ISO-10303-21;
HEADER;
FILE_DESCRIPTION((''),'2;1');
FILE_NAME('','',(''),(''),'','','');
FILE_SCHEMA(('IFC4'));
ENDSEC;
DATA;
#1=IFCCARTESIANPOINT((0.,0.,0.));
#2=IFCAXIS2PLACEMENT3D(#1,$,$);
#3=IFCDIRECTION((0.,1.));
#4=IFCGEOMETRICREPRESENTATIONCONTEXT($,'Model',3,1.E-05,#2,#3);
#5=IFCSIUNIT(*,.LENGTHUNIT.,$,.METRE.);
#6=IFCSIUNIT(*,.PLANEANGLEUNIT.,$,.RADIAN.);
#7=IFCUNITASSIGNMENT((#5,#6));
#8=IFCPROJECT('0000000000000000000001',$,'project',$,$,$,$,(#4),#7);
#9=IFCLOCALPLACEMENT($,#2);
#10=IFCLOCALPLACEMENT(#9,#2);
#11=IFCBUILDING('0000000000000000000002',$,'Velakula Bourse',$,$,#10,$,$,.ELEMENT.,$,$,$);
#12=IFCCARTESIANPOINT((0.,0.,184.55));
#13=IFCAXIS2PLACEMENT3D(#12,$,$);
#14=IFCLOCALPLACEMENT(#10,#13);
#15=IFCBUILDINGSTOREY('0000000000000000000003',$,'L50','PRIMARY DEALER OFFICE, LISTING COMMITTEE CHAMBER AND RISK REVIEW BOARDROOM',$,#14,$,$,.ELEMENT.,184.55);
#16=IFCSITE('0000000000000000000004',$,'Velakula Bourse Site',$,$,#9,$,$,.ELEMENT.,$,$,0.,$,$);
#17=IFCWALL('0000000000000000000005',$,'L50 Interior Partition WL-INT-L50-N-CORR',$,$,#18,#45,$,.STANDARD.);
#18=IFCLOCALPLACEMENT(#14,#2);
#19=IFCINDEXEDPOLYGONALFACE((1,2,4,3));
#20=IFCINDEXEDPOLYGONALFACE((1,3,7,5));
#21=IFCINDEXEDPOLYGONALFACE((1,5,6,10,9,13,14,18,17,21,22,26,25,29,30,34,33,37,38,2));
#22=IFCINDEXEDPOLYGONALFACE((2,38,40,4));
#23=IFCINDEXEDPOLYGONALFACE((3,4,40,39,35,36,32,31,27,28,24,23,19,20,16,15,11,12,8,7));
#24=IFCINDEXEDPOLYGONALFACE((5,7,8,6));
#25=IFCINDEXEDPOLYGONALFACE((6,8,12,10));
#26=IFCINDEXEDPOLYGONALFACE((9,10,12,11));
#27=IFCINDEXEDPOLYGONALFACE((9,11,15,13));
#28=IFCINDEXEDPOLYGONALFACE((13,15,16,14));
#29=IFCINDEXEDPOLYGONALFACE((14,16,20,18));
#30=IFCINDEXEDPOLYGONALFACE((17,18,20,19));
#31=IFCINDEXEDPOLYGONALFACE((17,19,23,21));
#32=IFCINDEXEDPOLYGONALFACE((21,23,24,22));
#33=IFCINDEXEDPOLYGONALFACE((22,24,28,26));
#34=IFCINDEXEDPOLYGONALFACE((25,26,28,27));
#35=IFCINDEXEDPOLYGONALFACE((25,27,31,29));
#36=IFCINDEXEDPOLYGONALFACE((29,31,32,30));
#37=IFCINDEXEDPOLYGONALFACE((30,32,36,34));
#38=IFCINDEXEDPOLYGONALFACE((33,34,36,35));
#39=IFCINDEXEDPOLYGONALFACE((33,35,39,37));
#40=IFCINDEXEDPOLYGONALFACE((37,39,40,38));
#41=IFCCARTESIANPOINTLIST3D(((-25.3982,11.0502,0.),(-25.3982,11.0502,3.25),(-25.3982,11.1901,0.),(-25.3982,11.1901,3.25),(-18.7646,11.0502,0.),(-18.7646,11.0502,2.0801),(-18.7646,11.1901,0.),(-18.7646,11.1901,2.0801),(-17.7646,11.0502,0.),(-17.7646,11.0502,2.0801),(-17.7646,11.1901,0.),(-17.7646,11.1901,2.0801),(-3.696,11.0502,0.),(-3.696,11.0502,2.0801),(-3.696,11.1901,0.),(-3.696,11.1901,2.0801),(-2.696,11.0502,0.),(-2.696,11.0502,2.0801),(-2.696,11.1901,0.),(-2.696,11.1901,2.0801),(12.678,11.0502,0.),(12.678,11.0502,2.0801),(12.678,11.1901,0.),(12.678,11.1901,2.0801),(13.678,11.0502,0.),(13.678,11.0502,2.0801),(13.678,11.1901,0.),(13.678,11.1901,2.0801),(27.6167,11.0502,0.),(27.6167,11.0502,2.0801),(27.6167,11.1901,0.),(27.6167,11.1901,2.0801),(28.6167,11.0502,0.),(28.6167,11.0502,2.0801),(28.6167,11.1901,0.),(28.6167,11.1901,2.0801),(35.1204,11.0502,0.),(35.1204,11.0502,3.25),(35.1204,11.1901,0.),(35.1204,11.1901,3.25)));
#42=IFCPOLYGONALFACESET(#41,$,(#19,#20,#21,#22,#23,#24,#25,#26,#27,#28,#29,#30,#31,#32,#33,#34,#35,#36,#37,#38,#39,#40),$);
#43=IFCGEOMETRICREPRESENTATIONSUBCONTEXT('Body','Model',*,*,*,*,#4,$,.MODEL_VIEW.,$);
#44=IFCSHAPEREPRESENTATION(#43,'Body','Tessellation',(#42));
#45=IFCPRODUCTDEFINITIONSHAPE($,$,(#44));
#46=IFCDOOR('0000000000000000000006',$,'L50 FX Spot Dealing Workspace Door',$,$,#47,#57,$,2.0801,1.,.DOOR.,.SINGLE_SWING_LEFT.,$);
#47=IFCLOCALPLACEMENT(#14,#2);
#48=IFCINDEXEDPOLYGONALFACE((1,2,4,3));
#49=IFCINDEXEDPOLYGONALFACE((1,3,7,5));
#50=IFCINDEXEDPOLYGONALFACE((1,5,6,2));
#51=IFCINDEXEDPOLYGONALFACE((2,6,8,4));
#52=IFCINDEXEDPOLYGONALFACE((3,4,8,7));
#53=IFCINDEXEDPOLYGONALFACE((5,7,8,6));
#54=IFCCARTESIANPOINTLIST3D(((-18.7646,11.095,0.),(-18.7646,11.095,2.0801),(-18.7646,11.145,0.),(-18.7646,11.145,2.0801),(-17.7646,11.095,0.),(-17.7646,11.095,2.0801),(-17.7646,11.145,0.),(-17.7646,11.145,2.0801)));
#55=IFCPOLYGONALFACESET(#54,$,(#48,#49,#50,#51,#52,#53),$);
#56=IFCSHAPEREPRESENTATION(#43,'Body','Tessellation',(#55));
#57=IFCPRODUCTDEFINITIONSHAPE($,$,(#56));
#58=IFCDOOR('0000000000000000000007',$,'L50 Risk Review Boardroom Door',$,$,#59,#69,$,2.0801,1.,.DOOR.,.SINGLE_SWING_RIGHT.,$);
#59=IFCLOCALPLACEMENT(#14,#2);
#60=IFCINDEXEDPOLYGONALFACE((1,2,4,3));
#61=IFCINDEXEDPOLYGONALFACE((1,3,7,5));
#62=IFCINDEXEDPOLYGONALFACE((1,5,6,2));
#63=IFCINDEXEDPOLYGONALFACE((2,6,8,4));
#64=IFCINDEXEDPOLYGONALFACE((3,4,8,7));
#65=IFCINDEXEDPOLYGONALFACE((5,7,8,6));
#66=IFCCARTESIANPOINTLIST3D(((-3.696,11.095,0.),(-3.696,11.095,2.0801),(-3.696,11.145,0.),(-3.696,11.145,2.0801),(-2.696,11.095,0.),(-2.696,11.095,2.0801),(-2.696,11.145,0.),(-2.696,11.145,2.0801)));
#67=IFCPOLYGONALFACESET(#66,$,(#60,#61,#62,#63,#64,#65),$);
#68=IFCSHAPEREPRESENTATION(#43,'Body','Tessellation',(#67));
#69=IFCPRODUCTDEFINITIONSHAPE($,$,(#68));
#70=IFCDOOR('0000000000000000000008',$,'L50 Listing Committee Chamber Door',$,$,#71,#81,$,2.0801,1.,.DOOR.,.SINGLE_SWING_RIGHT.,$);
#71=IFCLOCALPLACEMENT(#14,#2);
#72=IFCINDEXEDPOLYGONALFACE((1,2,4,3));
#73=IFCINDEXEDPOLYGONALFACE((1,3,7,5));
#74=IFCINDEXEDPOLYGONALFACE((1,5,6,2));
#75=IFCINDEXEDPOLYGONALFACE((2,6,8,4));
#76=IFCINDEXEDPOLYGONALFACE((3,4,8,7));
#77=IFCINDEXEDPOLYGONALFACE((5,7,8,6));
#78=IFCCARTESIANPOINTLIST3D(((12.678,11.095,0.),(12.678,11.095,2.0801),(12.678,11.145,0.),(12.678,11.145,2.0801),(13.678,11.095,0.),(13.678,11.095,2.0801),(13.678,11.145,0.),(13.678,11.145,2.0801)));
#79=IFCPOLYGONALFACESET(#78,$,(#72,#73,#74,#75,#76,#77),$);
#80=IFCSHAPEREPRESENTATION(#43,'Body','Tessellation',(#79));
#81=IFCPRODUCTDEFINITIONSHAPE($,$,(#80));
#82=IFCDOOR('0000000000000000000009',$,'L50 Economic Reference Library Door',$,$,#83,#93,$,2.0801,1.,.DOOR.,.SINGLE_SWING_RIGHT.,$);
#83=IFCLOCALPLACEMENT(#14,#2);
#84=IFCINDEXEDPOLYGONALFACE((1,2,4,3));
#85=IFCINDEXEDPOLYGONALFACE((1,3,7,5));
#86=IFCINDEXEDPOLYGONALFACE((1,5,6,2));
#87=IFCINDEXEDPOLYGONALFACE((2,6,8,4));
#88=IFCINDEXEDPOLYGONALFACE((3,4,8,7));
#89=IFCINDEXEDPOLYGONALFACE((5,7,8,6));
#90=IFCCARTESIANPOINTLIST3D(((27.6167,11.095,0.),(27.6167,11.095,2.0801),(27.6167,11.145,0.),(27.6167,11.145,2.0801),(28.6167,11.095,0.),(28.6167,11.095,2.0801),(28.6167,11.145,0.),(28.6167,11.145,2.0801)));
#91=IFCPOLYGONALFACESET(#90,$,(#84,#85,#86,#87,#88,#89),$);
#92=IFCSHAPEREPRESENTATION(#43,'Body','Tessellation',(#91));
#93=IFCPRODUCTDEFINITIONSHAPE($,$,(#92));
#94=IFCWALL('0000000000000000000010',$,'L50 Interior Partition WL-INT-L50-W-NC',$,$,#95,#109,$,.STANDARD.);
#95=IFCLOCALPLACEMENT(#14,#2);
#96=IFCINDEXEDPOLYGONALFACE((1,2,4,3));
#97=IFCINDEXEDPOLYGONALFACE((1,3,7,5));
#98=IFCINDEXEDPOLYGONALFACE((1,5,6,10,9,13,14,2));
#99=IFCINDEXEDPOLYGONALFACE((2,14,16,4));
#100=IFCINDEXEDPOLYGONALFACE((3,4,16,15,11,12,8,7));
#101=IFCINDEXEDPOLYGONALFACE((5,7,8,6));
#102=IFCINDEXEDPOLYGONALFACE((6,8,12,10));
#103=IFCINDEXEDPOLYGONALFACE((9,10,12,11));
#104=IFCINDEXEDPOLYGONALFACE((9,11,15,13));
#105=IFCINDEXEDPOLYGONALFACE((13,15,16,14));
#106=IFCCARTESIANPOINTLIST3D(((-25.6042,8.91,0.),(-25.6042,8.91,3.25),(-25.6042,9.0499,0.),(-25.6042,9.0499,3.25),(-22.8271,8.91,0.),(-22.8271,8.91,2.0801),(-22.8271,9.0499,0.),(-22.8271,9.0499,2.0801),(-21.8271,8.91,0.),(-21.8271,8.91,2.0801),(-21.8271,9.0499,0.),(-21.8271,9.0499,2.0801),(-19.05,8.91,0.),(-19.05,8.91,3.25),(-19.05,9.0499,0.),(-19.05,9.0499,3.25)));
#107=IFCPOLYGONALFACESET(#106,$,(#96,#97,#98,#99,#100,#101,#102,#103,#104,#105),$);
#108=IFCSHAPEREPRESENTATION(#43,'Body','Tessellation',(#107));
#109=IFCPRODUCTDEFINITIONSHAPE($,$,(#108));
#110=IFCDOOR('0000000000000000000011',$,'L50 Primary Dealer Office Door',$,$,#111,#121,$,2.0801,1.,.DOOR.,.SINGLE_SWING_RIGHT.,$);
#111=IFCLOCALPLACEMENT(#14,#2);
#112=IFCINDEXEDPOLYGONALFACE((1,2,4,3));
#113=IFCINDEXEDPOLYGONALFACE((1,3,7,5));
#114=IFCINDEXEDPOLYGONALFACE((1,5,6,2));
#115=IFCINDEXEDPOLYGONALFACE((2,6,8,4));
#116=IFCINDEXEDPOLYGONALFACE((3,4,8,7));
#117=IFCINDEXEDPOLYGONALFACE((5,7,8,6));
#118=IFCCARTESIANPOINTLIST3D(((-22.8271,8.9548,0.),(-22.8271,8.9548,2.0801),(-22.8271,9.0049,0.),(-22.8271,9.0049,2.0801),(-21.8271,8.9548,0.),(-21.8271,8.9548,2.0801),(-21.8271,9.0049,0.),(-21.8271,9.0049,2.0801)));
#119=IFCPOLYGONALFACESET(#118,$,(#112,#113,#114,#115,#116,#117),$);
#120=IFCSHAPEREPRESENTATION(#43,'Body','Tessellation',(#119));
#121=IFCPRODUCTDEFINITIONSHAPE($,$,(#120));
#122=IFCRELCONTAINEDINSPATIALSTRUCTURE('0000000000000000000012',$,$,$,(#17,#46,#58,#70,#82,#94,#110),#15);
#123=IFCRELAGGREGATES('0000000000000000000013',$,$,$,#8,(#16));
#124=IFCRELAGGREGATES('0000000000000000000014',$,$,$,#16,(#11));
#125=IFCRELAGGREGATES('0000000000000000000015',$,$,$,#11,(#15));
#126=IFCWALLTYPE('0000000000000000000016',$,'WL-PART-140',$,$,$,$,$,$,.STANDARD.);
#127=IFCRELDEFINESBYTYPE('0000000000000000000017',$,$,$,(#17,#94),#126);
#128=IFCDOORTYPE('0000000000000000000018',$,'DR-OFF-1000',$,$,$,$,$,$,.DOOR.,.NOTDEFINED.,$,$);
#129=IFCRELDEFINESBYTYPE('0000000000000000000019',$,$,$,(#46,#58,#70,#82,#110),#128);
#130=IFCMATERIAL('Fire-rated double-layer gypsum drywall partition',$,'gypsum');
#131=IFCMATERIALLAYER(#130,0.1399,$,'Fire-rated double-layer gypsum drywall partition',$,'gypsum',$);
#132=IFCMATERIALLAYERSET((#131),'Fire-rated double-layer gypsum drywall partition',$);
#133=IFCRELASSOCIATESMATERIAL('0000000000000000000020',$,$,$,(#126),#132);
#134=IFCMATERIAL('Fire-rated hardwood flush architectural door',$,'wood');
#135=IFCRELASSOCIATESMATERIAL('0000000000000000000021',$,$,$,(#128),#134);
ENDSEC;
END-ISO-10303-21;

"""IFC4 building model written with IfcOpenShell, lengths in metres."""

from ifc_helpers import new_model, si_unit, direction, frame, frame_2d, origin, place, context, subcontext, project, spatial, rectangle, extrude, material, layer, layer_set, type_object, element, fill, save


model = new_model("IFC4")

# Units and contexts
model_context = context("Model", 3, precision=1e-05, world=origin(), true_north=direction((0.0, 1.0)))
body_context = subcontext(model_context, "Body", "Model", "MODEL_VIEW")
ifc_project = project(units=[si_unit("LENGTHUNIT", "METRE"), si_unit("PLANEANGLEUNIT", "RADIAN")], contexts=[model_context])

# Site, building, storey
site_placement = place(None, origin())
site = spatial("IfcSite", under=ifc_project, at=site_placement, Name="Velakula Bourse Site", CompositionType="ELEMENT", RefElevation=0.0)
building_placement = place(site_placement, origin())
building = spatial("IfcBuilding", under=site, at=building_placement, Name="Velakula Bourse", CompositionType="ELEMENT")
storey_placement = place(building_placement, frame((0.0, 0.0, 184.55)))
storey = spatial("IfcBuildingStorey", under=building, at=storey_placement, Name="L50", Description="PRIMARY DEALER OFFICE, LISTING COMMITTEE CHAMBER AND RISK REVIEW BOARDROOM", CompositionType="ELEMENT", Elevation=184.55)

# Shared definitions
ifc_material_1 = material(Name="Fire-rated hardwood flush architectural door", Category="wood")

# Wall, openings, doors
ifc_material_2 = material(Name="Fire-rated double-layer gypsum drywall partition", Category="gypsum")
ifc_layer_1 = layer(ifc_material_2, 0.1399, Name="Fire-rated double-layer gypsum drywall partition", Category="gypsum")
ifc_layer_set_1 = layer_set([ifc_layer_1], Name="Fire-rated double-layer gypsum drywall partition")
wall_type_1 = type_object("IfcWallType", Name="WL-PART-140", PredefinedType="STANDARD", material=ifc_layer_set_1)
wall_1_placement = place(storey_placement, frame((-25.3982, 11.1201, 0.0), z_axis=(0.0, 0.0, 1.0), x_axis=(1.0, 0.0, 0.0)))
wall_1 = element("IfcWall", 1, at=wall_1_placement, inside=storey, type_object=wall_type_1, Name="L50 Interior Partition WL-INT-L50-N-CORR", PredefinedType="STANDARD", context=body_context, shape_type="SweptSolid", body=[
    extrude(rectangle(XDim=60.5186, YDim=0.1399, at=frame_2d((30.2593, 0.0))), origin(), (0.0, 0.0, 1.0), 3.25),
])
opening_1_placement = place(wall_1_placement, frame((6.6335, 0.0, 0.0)))
opening_1 = element("IfcOpeningElement", 2, at=opening_1_placement, cuts=wall_1, PredefinedType="OPENING", context=body_context, shape_type="SweptSolid", body=[
    extrude(rectangle(XDim=1.0, YDim=2.0801, at=frame_2d((0.5, 1.04))), frame((0.0, 0.0798, 0.0), z_axis=(0.0, -1.0, 0.0), x_axis=(1.0, 0.0, 0.0)), (0.0, 0.0, 1.0), 0.1599),
])
opening_2_placement = place(wall_1_placement, frame((21.7021, 0.0, 0.0)))
opening_2 = element("IfcOpeningElement", 3, at=opening_2_placement, cuts=wall_1, PredefinedType="OPENING", context=body_context, shape_type="SweptSolid", body=[
    extrude(rectangle(XDim=1.0, YDim=2.0801, at=frame_2d((0.5, 1.04))), frame((0.0, 0.0798, 0.0), z_axis=(0.0, -1.0, 0.0), x_axis=(1.0, 0.0, 0.0)), (0.0, 0.0, 1.0), 0.1599),
])
opening_3_placement = place(wall_1_placement, frame((38.0762, 0.0, 0.0)))
opening_3 = element("IfcOpeningElement", 4, at=opening_3_placement, cuts=wall_1, PredefinedType="OPENING", context=body_context, shape_type="SweptSolid", body=[
    extrude(rectangle(XDim=1.0, YDim=2.0801, at=frame_2d((0.5, 1.04))), frame((0.0, 0.0798, 0.0), z_axis=(0.0, -1.0, 0.0), x_axis=(1.0, 0.0, 0.0)), (0.0, 0.0, 1.0), 0.1599),
])
opening_4_placement = place(wall_1_placement, frame((53.0149, 0.0, 0.0)))
opening_4 = element("IfcOpeningElement", 5, at=opening_4_placement, cuts=wall_1, PredefinedType="OPENING", context=body_context, shape_type="SweptSolid", body=[
    extrude(rectangle(XDim=1.0, YDim=2.0801, at=frame_2d((0.5, 1.04))), frame((0.0, 0.0798, 0.0), z_axis=(0.0, -1.0, 0.0), x_axis=(1.0, 0.0, 0.0)), (0.0, 0.0, 1.0), 0.1599),
])
door_type_1 = type_object("IfcDoorType", Name="DR-OFF-1000", OperationType="NOTDEFINED", PredefinedType="DOOR", material=ifc_material_1)
door_1_placement = place(opening_1_placement, origin())
door_1 = element("IfcDoor", 6, at=door_1_placement, inside=storey, type_object=door_type_1, Name="L50 FX Spot Dealing Workspace Door", OperationType="SINGLE_SWING_LEFT", OverallHeight=2.0801, OverallWidth=1.0, PredefinedType="DOOR", context=body_context, shape_type="SweptSolid", body=[
    extrude(rectangle(XDim=1.0, YDim=2.0801, at=frame_2d((0.5, 1.04))), frame((0.0, 0.0249, 0.0), z_axis=(0.0, -1.0, 0.0), x_axis=(1.0, 0.0, 0.0)), (0.0, 0.0, 1.0), 0.05),
])
fill(opening_1, door_1)
door_2_placement = place(opening_2_placement, origin())
door_2 = element("IfcDoor", 7, at=door_2_placement, inside=storey, type_object=door_type_1, Name="L50 Risk Review Boardroom Door", OperationType="SINGLE_SWING_RIGHT", OverallHeight=2.0801, OverallWidth=1.0, PredefinedType="DOOR", context=body_context, shape_type="SweptSolid", body=[
    extrude(rectangle(XDim=1.0, YDim=2.0801, at=frame_2d((0.5, 1.04))), frame((0.0, 0.0249, 0.0), z_axis=(0.0, -1.0, 0.0), x_axis=(1.0, 0.0, 0.0)), (0.0, 0.0, 1.0), 0.05),
])
fill(opening_2, door_2)
door_3_placement = place(opening_3_placement, origin())
door_3 = element("IfcDoor", 8, at=door_3_placement, inside=storey, type_object=door_type_1, Name="L50 Listing Committee Chamber Door", OperationType="SINGLE_SWING_RIGHT", OverallHeight=2.0801, OverallWidth=1.0, PredefinedType="DOOR", context=body_context, shape_type="SweptSolid", body=[
    extrude(rectangle(XDim=1.0, YDim=2.0801, at=frame_2d((0.5, 1.04))), frame((0.0, 0.0249, 0.0), z_axis=(0.0, -1.0, 0.0), x_axis=(1.0, 0.0, 0.0)), (0.0, 0.0, 1.0), 0.05),
])
fill(opening_3, door_3)
door_4_placement = place(opening_4_placement, origin())
door_4 = element("IfcDoor", 9, at=door_4_placement, inside=storey, type_object=door_type_1, Name="L50 Economic Reference Library Door", OperationType="SINGLE_SWING_RIGHT", OverallHeight=2.0801, OverallWidth=1.0, PredefinedType="DOOR", context=body_context, shape_type="SweptSolid", body=[
    extrude(rectangle(XDim=1.0, YDim=2.0801, at=frame_2d((0.5, 1.04))), frame((0.0, 0.0249, 0.0), z_axis=(0.0, -1.0, 0.0), x_axis=(1.0, 0.0, 0.0)), (0.0, 0.0, 1.0), 0.05),
])
fill(opening_4, door_4)

# Wall, opening, door
wall_2_placement = place(storey_placement, frame((-25.6042, 8.98, 0.0), z_axis=(0.0, 0.0, 1.0), x_axis=(1.0, 0.0, 0.0)))
wall_2 = element("IfcWall", 10, at=wall_2_placement, inside=storey, type_object=wall_type_1, Name="L50 Interior Partition WL-INT-L50-W-NC", PredefinedType="STANDARD", context=body_context, shape_type="SweptSolid", body=[
    extrude(rectangle(XDim=6.5542, YDim=0.1399, at=frame_2d((3.2771, 0.0))), origin(), (0.0, 0.0, 1.0), 3.25),
])
opening_5_placement = place(wall_2_placement, frame((2.7771, 0.0, 0.0)))
opening_5 = element("IfcOpeningElement", 11, at=opening_5_placement, cuts=wall_2, PredefinedType="OPENING", context=body_context, shape_type="SweptSolid", body=[
    extrude(rectangle(XDim=1.0, YDim=2.0801, at=frame_2d((0.5, 1.04))), frame((0.0, 0.0798, 0.0), z_axis=(0.0, -1.0, 0.0), x_axis=(1.0, 0.0, 0.0)), (0.0, 0.0, 1.0), 0.1599),
])
door_5_placement = place(opening_5_placement, origin())
door_5 = element("IfcDoor", 12, at=door_5_placement, inside=storey, type_object=door_type_1, Name="L50 Primary Dealer Office Door", OperationType="SINGLE_SWING_RIGHT", OverallHeight=2.0801, OverallWidth=1.0, PredefinedType="DOOR", context=body_context, shape_type="SweptSolid", body=[
    extrude(rectangle(XDim=1.0, YDim=2.0801, at=frame_2d((0.5, 1.04))), frame((0.0, 0.0249, 0.0), z_axis=(0.0, -1.0, 0.0), x_axis=(1.0, 0.0, 0.0)), (0.0, 0.0, 1.0), 0.05),
])
fill(opening_5, door_5)

save(model, "model.ifc")
